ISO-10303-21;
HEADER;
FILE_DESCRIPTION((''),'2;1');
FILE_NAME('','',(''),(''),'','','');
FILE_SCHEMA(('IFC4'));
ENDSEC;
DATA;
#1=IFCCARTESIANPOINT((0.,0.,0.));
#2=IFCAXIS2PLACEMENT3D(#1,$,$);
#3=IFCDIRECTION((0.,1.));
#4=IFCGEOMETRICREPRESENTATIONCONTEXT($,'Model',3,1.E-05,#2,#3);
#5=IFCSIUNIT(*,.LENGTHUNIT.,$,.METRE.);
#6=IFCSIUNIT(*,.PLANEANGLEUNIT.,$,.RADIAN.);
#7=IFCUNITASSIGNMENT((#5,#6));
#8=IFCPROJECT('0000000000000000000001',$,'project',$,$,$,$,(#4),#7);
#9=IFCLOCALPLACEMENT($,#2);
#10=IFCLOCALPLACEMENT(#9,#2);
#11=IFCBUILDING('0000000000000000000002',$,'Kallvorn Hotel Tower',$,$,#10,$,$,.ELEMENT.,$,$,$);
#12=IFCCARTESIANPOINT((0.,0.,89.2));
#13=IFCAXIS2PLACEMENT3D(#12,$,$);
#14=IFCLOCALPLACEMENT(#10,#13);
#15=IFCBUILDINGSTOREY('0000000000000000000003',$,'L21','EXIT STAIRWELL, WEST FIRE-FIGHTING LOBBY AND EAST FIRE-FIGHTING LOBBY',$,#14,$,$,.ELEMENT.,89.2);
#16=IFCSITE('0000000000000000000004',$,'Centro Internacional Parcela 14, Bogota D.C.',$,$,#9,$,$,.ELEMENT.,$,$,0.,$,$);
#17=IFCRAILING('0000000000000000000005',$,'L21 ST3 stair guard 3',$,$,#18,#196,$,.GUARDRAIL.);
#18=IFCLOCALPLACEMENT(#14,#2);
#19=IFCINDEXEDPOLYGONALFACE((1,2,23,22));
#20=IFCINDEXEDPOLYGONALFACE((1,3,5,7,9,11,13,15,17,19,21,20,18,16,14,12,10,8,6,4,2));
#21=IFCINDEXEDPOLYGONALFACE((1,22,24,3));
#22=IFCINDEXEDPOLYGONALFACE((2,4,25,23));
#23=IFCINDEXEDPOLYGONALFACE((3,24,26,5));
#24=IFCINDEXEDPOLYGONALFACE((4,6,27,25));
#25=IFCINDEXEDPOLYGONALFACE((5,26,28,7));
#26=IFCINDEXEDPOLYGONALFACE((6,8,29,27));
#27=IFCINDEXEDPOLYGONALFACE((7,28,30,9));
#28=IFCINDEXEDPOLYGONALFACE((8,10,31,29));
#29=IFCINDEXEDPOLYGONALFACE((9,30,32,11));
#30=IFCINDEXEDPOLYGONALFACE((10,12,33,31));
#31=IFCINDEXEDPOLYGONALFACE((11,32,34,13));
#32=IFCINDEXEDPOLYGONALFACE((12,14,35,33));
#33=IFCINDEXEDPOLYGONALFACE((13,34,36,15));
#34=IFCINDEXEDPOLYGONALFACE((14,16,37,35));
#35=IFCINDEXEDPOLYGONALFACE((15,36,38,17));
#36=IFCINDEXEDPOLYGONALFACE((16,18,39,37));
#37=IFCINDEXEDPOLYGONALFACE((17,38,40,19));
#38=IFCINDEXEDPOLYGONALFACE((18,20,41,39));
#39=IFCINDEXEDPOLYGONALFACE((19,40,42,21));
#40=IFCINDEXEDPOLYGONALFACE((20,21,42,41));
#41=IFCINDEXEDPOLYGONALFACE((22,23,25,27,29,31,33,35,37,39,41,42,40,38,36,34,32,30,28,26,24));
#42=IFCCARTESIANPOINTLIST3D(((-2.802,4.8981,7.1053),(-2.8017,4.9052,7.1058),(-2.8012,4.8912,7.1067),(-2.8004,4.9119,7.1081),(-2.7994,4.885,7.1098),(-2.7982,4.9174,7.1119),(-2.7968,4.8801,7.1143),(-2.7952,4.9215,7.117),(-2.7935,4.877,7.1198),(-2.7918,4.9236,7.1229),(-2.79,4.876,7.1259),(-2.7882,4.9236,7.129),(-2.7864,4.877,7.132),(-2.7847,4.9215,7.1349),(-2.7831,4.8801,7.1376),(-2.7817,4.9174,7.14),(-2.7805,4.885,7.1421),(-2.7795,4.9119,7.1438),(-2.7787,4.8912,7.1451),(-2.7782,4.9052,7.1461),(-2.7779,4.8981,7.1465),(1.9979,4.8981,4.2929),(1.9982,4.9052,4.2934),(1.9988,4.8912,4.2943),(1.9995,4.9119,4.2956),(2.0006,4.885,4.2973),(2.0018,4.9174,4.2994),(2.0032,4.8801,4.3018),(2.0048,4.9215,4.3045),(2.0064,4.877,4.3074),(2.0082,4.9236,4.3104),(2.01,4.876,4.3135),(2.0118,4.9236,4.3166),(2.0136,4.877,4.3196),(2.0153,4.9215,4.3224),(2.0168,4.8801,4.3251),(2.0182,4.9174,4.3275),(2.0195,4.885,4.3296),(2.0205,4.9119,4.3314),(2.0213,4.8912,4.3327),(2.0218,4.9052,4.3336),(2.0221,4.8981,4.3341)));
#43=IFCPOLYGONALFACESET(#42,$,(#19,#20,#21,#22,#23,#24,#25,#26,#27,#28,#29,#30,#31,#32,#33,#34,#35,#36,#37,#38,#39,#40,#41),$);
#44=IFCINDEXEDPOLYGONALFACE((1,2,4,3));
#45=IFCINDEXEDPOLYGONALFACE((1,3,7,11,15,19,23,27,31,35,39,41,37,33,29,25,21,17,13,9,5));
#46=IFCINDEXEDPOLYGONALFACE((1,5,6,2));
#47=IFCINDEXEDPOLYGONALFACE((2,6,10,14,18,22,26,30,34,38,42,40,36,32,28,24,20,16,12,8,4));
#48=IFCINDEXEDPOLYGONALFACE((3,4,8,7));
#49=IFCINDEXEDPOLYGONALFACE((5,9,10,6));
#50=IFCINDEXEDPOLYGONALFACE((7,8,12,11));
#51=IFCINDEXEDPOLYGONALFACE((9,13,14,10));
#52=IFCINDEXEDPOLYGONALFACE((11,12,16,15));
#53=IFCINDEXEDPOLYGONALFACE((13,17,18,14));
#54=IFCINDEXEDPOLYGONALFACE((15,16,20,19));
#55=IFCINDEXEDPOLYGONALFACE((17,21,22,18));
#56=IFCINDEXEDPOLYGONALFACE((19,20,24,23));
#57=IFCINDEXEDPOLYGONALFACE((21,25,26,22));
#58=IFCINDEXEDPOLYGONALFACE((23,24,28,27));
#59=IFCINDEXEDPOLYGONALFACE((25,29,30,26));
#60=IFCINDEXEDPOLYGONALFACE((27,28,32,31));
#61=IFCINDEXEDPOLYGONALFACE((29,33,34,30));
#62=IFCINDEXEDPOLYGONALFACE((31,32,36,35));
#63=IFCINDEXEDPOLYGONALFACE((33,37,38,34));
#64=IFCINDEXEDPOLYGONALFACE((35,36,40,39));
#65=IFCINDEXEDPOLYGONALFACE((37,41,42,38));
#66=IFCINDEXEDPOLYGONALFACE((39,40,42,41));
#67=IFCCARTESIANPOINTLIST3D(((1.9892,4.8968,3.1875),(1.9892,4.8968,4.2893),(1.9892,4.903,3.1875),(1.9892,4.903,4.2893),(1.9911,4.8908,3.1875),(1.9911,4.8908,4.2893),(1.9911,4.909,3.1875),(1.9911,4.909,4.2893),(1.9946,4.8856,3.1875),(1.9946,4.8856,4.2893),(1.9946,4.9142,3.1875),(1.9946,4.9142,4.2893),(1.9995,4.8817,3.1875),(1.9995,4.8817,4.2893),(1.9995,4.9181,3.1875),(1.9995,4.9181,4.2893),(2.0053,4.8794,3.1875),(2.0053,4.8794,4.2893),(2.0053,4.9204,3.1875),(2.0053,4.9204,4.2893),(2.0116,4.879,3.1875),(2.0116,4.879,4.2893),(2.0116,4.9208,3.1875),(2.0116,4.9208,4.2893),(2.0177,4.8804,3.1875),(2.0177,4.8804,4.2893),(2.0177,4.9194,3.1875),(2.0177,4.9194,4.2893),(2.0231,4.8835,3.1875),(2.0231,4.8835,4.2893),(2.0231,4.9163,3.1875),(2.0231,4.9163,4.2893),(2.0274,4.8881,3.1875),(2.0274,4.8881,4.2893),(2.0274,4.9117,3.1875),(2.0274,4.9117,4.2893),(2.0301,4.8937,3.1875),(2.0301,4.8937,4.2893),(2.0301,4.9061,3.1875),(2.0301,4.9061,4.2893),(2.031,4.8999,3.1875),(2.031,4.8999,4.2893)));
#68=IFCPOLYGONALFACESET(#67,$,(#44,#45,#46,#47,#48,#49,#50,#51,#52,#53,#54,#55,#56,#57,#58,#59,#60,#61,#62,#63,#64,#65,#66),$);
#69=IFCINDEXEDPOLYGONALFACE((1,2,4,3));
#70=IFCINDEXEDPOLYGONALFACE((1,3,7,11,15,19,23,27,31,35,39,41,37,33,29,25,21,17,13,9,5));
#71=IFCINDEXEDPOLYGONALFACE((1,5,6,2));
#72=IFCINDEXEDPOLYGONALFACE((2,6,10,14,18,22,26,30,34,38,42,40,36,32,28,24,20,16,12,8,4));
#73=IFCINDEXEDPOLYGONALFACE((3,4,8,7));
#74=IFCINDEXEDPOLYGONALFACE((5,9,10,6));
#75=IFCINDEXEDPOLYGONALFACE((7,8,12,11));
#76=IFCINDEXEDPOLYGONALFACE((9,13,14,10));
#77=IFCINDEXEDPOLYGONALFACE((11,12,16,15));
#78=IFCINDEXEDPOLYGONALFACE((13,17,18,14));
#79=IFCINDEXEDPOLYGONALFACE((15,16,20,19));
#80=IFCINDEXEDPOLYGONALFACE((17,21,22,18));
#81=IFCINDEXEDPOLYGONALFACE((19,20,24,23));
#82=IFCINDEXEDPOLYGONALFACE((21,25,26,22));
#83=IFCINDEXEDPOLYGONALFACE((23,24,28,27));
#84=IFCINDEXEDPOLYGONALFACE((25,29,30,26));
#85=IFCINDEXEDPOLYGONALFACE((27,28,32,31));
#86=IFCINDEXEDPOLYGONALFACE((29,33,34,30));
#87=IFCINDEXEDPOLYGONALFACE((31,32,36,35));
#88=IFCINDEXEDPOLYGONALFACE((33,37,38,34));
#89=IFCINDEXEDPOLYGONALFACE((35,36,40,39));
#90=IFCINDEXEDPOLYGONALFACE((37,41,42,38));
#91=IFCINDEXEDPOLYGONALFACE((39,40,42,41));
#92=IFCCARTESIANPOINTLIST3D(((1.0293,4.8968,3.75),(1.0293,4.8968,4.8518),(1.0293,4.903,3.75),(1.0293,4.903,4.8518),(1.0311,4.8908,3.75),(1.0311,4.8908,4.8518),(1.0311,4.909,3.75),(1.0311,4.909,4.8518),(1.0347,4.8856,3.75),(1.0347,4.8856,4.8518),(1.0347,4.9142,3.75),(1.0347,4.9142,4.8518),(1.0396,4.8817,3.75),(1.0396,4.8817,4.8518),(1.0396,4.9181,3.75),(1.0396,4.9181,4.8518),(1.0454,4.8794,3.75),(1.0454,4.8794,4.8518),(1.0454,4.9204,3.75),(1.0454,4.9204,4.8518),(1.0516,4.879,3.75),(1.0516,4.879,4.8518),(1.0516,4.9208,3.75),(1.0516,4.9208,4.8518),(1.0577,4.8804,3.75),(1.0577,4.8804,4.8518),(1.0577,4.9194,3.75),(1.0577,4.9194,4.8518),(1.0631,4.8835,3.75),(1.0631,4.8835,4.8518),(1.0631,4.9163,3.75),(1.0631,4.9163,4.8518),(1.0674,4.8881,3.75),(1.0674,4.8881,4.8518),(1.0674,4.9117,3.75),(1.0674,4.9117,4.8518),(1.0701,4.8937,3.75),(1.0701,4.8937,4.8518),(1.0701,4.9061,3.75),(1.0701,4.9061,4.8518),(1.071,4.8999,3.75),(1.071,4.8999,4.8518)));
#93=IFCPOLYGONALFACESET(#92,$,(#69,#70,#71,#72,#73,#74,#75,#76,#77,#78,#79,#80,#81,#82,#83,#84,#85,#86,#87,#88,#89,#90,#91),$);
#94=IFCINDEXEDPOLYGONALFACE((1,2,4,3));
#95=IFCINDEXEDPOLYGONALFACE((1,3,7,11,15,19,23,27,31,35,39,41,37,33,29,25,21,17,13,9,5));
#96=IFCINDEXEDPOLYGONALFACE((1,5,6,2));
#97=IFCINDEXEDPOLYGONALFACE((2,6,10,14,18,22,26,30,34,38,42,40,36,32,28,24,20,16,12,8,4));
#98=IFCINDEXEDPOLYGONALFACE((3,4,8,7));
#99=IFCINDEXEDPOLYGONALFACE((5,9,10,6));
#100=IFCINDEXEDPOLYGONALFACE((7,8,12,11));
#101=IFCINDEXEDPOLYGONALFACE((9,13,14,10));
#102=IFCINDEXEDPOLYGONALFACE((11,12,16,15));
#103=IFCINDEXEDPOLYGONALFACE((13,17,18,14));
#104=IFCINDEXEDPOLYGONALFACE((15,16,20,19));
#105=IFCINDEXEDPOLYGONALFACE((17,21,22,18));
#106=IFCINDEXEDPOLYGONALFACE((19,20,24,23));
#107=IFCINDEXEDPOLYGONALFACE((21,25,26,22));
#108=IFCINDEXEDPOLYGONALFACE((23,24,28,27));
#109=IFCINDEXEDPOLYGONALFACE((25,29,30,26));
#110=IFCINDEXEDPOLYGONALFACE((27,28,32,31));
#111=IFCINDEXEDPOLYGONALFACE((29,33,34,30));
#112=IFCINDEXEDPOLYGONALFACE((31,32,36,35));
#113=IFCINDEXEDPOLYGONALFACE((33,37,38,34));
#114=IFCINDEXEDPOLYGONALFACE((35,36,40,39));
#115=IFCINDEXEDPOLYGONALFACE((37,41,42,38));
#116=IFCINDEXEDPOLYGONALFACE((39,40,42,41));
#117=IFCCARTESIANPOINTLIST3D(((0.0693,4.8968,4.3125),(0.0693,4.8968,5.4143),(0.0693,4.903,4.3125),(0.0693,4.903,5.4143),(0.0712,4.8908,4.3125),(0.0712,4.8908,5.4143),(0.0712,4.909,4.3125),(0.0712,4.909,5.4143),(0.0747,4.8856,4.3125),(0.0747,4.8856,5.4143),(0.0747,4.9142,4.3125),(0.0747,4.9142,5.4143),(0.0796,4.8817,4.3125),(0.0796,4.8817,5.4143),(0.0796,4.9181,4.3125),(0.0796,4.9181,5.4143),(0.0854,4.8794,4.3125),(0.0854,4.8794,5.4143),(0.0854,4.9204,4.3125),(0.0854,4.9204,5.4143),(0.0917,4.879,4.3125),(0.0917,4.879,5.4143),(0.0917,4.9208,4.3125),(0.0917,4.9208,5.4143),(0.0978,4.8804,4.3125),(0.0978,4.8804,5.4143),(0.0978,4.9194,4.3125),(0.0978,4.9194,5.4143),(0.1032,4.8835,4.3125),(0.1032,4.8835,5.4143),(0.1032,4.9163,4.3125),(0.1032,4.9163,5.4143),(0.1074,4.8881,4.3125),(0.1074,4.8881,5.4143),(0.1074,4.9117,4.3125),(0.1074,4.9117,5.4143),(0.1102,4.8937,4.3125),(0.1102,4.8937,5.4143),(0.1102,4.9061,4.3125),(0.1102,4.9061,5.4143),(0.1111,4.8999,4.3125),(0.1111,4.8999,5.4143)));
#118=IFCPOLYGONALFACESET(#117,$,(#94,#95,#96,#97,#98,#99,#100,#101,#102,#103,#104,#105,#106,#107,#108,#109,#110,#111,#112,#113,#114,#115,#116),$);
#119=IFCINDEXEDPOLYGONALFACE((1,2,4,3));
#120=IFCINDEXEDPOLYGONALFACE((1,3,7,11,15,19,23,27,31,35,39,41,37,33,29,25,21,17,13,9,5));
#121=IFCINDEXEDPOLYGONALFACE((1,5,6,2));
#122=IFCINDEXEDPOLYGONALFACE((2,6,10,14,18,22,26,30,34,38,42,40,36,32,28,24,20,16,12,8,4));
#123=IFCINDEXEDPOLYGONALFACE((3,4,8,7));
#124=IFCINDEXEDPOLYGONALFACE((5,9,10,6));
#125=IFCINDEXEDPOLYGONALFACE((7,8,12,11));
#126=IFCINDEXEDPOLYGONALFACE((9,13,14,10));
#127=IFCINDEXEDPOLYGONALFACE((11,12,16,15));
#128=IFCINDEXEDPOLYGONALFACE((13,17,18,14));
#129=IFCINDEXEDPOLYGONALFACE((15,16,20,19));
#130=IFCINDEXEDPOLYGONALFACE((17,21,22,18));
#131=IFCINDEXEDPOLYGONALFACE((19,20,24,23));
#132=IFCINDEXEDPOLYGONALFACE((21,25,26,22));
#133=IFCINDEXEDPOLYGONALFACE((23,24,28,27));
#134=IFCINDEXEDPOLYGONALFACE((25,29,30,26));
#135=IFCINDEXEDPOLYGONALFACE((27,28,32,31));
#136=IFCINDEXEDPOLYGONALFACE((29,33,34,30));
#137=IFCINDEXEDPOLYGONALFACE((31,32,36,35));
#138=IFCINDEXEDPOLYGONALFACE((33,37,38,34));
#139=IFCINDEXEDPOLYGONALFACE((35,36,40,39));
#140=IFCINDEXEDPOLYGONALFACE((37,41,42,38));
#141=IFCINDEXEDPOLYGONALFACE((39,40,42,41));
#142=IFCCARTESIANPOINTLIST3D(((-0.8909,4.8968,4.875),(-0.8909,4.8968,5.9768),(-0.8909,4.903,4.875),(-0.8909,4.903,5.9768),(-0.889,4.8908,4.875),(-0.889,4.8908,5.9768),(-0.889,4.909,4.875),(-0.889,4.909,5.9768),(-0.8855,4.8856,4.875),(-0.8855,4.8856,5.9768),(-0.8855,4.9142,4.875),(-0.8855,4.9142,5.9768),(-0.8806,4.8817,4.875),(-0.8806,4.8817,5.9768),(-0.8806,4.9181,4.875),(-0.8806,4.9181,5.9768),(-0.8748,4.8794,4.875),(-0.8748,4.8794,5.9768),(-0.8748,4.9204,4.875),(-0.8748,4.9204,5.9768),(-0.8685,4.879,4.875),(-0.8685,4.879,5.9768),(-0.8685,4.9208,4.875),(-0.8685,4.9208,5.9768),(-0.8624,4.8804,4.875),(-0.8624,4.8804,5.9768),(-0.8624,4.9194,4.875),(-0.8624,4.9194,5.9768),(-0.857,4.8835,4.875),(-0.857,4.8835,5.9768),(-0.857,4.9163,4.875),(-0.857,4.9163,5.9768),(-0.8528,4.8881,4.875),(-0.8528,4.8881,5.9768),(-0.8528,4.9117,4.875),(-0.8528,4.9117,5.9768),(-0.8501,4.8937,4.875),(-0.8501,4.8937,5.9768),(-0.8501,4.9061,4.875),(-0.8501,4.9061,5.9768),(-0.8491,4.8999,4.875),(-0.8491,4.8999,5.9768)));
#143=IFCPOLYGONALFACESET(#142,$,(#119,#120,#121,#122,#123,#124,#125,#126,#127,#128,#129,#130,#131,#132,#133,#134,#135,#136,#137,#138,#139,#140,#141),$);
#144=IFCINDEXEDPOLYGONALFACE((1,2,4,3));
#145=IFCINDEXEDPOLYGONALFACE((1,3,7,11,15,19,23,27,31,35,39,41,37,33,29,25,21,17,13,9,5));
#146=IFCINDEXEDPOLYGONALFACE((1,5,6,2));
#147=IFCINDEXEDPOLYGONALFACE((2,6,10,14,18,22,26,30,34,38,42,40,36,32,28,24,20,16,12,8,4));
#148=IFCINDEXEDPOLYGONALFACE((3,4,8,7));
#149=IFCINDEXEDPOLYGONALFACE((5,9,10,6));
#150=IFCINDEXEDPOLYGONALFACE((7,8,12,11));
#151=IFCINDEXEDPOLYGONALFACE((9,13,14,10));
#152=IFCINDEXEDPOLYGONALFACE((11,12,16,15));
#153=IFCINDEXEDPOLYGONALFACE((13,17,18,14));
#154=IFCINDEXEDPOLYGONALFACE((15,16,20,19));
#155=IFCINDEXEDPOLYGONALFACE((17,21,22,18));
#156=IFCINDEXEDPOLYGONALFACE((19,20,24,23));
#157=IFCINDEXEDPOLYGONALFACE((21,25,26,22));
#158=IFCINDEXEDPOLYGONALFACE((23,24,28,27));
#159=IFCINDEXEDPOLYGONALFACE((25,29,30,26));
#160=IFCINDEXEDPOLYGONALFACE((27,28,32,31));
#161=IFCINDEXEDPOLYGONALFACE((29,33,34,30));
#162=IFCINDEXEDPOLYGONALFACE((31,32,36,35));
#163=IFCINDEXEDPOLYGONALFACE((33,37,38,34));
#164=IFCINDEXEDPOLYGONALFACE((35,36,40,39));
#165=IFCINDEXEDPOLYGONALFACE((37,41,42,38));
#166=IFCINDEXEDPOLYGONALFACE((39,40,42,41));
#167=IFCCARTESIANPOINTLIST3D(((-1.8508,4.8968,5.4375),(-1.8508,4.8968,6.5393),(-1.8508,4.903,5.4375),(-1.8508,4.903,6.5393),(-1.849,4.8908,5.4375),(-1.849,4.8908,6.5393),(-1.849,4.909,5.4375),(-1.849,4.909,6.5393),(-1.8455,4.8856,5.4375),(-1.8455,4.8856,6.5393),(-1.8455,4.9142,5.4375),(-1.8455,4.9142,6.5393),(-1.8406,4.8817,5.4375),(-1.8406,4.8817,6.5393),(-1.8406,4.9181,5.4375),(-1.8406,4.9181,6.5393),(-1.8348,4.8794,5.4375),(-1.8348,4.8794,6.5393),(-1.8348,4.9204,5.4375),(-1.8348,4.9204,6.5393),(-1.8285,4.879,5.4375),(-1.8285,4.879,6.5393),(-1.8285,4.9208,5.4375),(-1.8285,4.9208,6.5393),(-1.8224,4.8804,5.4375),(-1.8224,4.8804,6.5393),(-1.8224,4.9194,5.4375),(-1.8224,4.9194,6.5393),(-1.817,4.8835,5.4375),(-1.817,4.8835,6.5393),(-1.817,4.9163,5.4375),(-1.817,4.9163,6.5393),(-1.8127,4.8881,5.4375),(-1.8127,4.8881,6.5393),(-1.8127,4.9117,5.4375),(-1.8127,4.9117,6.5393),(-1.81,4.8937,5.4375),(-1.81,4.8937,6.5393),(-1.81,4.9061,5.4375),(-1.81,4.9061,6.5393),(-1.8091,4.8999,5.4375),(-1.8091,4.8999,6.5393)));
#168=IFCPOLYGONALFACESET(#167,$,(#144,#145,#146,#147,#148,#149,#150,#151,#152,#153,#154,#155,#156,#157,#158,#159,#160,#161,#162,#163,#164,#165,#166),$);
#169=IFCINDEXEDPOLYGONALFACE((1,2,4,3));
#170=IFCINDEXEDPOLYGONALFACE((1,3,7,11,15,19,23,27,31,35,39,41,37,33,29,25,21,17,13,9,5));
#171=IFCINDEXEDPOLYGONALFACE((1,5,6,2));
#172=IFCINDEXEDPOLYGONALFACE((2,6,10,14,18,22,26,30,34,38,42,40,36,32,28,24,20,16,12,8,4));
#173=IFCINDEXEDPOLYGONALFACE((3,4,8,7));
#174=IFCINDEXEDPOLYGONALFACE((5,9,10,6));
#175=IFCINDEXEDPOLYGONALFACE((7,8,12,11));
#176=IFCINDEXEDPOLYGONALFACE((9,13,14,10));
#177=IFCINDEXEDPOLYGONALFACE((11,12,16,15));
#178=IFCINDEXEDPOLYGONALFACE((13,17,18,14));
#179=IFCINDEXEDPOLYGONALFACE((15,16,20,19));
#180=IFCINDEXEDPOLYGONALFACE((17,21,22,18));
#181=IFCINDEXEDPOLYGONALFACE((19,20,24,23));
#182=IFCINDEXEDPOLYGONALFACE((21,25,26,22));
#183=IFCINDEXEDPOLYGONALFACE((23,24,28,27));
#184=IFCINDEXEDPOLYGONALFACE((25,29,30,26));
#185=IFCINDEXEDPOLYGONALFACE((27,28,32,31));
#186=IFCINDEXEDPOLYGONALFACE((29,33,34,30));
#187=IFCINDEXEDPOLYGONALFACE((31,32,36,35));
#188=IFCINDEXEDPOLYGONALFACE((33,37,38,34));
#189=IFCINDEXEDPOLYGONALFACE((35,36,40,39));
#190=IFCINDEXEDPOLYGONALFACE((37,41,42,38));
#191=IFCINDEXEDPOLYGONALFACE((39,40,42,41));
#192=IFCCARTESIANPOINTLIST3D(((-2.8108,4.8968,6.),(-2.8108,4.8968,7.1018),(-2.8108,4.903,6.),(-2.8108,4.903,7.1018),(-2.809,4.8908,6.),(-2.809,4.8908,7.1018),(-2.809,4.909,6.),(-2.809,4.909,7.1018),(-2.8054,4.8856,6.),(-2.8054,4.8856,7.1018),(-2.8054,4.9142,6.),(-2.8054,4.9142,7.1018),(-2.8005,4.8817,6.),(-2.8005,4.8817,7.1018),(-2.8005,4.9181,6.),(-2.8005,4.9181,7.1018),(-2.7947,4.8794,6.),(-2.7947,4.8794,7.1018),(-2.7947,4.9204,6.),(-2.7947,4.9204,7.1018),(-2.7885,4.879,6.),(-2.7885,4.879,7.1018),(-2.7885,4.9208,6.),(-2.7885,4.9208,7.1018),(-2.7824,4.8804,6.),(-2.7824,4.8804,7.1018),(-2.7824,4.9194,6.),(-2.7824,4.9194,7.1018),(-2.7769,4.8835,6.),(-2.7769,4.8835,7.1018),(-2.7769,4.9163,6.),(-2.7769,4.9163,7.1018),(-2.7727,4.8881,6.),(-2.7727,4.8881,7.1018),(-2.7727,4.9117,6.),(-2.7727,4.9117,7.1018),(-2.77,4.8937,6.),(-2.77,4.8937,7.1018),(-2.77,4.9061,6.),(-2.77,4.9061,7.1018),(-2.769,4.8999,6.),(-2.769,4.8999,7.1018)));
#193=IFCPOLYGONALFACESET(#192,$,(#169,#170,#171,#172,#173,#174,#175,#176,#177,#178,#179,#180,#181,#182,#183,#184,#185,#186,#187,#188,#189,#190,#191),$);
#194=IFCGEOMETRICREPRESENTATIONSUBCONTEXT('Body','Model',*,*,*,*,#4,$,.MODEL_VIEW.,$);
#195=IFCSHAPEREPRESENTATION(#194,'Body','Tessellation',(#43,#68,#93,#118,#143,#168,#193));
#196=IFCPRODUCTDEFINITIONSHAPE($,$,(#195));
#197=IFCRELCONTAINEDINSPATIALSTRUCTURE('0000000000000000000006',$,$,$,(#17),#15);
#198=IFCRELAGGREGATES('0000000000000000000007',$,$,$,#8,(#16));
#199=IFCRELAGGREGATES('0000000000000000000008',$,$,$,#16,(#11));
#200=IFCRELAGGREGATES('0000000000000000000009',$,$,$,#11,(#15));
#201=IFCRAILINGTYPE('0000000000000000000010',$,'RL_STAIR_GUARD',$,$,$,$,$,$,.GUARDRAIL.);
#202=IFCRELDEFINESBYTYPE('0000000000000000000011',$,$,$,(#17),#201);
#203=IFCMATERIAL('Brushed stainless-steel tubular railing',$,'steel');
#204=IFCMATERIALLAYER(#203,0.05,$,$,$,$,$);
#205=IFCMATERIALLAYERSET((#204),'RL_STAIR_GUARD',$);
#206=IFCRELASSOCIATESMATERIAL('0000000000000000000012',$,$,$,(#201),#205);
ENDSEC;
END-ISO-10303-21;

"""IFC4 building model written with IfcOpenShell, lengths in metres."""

from ifc_helpers import new_model, si_unit, direction, frame, origin, origin_2d, place, context, subcontext, project, spatial, circle, extrude, material, layer, layer_set, type_object, element, save


model = new_model("IFC4")

# Units and contexts
model_context = context("Model", 3, precision=1e-05, world=origin(), true_north=direction((0.0, 1.0)))
body_context = subcontext(model_context, "Body", "Model", "MODEL_VIEW")
ifc_project = project(units=[si_unit("LENGTHUNIT", "METRE"), si_unit("PLANEANGLEUNIT", "RADIAN")], contexts=[model_context])

# Site, building, storey
site_placement = place(None, origin())
site = spatial("IfcSite", under=ifc_project, at=site_placement, Name="Centro Internacional Parcela 14, Bogota D.C.", CompositionType="ELEMENT", RefElevation=0.0)
building_placement = place(site_placement, origin())
building = spatial("IfcBuilding", under=site, at=building_placement, Name="Kallvorn Hotel Tower", CompositionType="ELEMENT")
storey_placement = place(building_placement, frame((0.0, 0.0, 89.2)))
storey = spatial("IfcBuildingStorey", under=building, at=storey_placement, Name="L21", Description="EXIT STAIRWELL, WEST FIRE-FIGHTING LOBBY AND EAST FIRE-FIGHTING LOBBY", CompositionType="ELEMENT", Elevation=89.2)

# Railing
ifc_material_1 = material(Name="Brushed stainless-steel tubular railing", Category="steel")
ifc_layer_1 = layer(ifc_material_1, 0.05)
ifc_layer_set_1 = layer_set([ifc_layer_1], Name="RL_STAIR_GUARD")
railing_type_1 = type_object("IfcRailingType", Name="RL_STAIR_GUARD", PredefinedType="GUARDRAIL", material=ifc_layer_set_1)
railing_1_placement = place(storey_placement, frame((2.01, 4.8999, 3.1875)))
element("IfcRailing", 1, at=railing_1_placement, inside=storey, type_object=railing_type_1, Name="L21 ST3 stair guard 3", PredefinedType="GUARDRAIL", context=body_context, shape_type="SweptSolid", body=[
    extrude(circle(Radius=0.0239, at=origin_2d()), frame((0.0, 0.0, 1.126), z_axis=(-0.862802, 0.0, 0.505543), x_axis=(0.0, -1.0, 0.0)), (0.0, 0.0, 1.0), 5.5632),
    extrude(circle(Radius=0.021, at=origin_2d()), origin(), (0.0, 0.0, 1.0), 1.1018),
    extrude(circle(Radius=0.021, at=origin_2d()), frame((-0.96, 0.0, 0.5625)), (0.0, 0.0, 1.0), 1.1018),
    extrude(circle(Radius=0.021, at=origin_2d()), frame((-1.9199, 0.0, 1.125)), (0.0, 0.0, 1.0), 1.1018),
    extrude(circle(Radius=0.021, at=origin_2d()), frame((-2.8801, 0.0, 1.6875)), (0.0, 0.0, 1.0), 1.1018),
    extrude(circle(Radius=0.021, at=origin_2d()), frame((-3.8401, 0.0, 2.25)), (0.0, 0.0, 1.0), 1.1018),
    extrude(circle(Radius=0.021, at=origin_2d()), frame((-4.8, 0.0, 2.8125)), (0.0, 0.0, 1.0), 1.1018),
])

save(model, "model.ifc")
